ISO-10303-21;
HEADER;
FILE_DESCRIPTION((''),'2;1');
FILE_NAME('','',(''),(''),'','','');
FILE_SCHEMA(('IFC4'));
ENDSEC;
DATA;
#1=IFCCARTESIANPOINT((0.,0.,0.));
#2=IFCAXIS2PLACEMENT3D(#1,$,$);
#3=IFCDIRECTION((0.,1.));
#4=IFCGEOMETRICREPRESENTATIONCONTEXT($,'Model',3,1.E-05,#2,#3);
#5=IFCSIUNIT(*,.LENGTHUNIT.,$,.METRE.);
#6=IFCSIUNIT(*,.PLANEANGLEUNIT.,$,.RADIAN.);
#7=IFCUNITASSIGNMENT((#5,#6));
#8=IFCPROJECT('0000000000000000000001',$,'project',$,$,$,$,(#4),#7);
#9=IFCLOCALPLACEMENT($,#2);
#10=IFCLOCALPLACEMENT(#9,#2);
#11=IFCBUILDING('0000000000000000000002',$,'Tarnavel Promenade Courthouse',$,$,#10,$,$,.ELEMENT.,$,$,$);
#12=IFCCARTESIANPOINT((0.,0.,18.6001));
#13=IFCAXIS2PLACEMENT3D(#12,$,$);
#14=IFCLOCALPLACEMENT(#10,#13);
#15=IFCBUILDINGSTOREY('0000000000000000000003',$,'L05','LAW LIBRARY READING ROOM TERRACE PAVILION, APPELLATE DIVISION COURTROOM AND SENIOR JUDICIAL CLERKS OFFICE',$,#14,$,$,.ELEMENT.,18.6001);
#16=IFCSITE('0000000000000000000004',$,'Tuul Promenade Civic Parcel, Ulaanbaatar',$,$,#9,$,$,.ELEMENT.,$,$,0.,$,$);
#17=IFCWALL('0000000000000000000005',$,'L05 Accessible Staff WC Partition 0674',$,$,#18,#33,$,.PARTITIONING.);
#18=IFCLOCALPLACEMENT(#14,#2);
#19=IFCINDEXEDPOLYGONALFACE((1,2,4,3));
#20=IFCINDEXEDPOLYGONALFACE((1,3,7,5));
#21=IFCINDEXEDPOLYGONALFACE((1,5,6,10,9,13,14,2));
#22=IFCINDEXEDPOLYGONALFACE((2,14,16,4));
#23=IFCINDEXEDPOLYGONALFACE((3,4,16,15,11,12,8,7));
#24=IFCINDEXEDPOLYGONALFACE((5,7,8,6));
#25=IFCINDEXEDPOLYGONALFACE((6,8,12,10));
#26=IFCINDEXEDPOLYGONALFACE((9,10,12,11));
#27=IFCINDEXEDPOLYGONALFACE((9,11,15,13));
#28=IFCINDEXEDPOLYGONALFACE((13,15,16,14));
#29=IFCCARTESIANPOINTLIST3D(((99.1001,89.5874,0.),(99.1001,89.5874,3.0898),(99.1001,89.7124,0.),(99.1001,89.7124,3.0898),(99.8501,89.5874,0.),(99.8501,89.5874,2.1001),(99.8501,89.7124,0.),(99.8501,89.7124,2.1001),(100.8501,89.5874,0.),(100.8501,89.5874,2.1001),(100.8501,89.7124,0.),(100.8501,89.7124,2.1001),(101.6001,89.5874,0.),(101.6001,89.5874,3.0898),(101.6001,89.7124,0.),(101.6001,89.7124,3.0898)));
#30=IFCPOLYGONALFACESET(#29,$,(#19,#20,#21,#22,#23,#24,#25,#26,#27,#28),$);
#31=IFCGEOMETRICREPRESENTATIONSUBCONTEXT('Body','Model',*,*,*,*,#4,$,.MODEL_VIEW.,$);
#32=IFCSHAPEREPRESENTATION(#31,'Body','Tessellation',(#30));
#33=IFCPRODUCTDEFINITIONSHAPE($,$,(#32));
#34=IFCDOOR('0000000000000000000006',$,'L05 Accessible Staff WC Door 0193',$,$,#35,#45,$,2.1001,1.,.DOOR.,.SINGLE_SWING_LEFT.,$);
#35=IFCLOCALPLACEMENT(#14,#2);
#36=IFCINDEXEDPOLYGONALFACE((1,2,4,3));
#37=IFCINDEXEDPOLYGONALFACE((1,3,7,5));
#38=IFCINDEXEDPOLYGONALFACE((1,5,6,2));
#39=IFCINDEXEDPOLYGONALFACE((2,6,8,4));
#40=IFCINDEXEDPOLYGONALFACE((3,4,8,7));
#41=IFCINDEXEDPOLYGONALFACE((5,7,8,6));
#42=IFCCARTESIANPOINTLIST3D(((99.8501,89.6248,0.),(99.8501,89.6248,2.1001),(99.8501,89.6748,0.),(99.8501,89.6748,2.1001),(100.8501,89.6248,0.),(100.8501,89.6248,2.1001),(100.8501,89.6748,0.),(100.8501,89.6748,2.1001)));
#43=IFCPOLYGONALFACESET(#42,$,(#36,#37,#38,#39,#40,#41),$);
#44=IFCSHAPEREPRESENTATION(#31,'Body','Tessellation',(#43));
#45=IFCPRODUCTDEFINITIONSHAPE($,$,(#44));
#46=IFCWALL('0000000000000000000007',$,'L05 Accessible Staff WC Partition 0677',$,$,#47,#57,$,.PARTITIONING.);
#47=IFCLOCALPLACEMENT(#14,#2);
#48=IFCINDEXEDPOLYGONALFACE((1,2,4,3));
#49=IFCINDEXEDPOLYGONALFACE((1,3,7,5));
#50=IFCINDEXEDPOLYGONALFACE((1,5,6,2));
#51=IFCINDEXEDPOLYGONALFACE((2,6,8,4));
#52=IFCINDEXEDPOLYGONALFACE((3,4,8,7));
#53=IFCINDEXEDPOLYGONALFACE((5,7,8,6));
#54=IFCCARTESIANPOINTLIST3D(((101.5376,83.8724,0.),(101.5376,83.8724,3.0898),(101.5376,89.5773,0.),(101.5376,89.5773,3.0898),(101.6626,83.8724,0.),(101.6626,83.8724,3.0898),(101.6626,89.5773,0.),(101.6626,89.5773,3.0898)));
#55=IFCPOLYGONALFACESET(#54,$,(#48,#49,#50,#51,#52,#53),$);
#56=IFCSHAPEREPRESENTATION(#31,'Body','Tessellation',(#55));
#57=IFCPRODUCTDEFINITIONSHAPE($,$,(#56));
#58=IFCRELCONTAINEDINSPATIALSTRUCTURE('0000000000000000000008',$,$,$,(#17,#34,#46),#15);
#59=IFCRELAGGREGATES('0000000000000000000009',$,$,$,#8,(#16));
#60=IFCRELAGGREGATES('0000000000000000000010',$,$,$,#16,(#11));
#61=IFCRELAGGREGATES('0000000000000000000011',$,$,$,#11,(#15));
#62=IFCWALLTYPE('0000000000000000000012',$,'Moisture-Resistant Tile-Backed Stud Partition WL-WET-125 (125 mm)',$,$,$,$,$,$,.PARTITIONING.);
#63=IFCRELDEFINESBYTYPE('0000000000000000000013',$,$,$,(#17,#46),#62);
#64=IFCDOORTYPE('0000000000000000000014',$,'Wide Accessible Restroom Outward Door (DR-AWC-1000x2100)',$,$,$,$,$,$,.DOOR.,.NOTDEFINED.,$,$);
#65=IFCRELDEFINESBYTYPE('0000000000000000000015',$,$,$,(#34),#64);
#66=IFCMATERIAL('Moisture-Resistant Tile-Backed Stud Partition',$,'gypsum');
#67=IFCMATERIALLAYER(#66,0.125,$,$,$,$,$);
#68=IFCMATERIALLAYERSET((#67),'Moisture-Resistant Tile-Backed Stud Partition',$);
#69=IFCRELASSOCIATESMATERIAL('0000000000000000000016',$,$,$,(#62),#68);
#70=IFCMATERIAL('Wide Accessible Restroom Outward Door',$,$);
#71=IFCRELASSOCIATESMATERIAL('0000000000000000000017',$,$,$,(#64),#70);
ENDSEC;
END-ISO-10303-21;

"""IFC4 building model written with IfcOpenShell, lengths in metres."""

from ifc_helpers import new_model, si_unit, direction, frame, frame_2d, origin, place, context, subcontext, project, spatial, rectangle, extrude, material, layer, layer_set, type_object, element, fill, save


model = new_model("IFC4")

# Units and contexts
model_context = context("Model", 3, precision=1e-05, world=origin(), true_north=direction((0.0, 1.0)))
body_context = subcontext(model_context, "Body", "Model", "MODEL_VIEW")
ifc_project = project(units=[si_unit("LENGTHUNIT", "METRE"), si_unit("PLANEANGLEUNIT", "RADIAN")], contexts=[model_context])

# Site, building, storey
site_placement = place(None, origin())
site = spatial("IfcSite", under=ifc_project, at=site_placement, Name="Tuul Promenade Civic Parcel, Ulaanbaatar", CompositionType="ELEMENT", RefElevation=0.0)
building_placement = place(site_placement, origin())
building = spatial("IfcBuilding", under=site, at=building_placement, Name="Tarnavel Promenade Courthouse", CompositionType="ELEMENT")
storey_placement = place(building_placement, frame((0.0, 0.0, 18.6001)))
storey = spatial("IfcBuildingStorey", under=building, at=storey_placement, Name="L05", Description="LAW LIBRARY READING ROOM TERRACE PAVILION, APPELLATE DIVISION COURTROOM AND SENIOR JUDICIAL CLERKS OFFICE", CompositionType="ELEMENT", Elevation=18.6001)

# Shared definitions
ifc_material_1 = material(Name="Moisture-Resistant Tile-Backed Stud Partition", Category="gypsum")
ifc_layer_1 = layer(ifc_material_1, 0.125)
ifc_layer_set_1 = layer_set([ifc_layer_1], Name="Moisture-Resistant Tile-Backed Stud Partition")
wall_type_1 = type_object("IfcWallType", Name="Moisture-Resistant Tile-Backed Stud Partition WL-WET-125 (125 mm)", PredefinedType="PARTITIONING", material=ifc_layer_set_1)

# Wall, opening, door
wall_1_placement = place(storey_placement, frame((99.1001, 89.6499, 0.0), z_axis=(0.0, 0.0, 1.0), x_axis=(1.0, 0.0, 0.0)))
wall_1 = element("IfcWall", 1, at=wall_1_placement, inside=storey, type_object=wall_type_1, Name="L05 Accessible Staff WC Partition 0674", PredefinedType="PARTITIONING", context=body_context, shape_type="SweptSolid", body=[
    extrude(rectangle(XDim=2.5, YDim=0.125, at=frame_2d((1.25, 0.0))), origin(), (0.0, 0.0, 1.0), 3.0898),
])
opening_1_placement = place(wall_1_placement, frame((0.75, 0.0, 0.0)))
opening_1 = element("IfcOpeningElement", 2, at=opening_1_placement, cuts=wall_1, PredefinedType="OPENING", context=body_context, shape_type="SweptSolid", body=[
    extrude(rectangle(XDim=1.0, YDim=2.1001, at=frame_2d((0.5, 1.05))), frame((0.0, 0.0725, 0.0), z_axis=(0.0, -1.0, 0.0), x_axis=(1.0, 0.0, 0.0)), (0.0, 0.0, 1.0), 0.145),
])
ifc_material_2 = material(Name="Wide Accessible Restroom Outward Door")
door_type_1 = type_object("IfcDoorType", Name="Wide Accessible Restroom Outward Door (DR-AWC-1000x2100)", OperationType="NOTDEFINED", PredefinedType="DOOR", material=ifc_material_2)
door_1_placement = place(opening_1_placement, origin())
door_1 = element("IfcDoor", 3, at=door_1_placement, inside=storey, type_object=door_type_1, Name="L05 Accessible Staff WC Door 0193", OperationType="SINGLE_SWING_LEFT", OverallHeight=2.1001, OverallWidth=1.0, PredefinedType="DOOR", context=body_context, shape_type="SweptSolid", body=[
    extrude(rectangle(XDim=1.0, YDim=2.1001, at=frame_2d((0.5, 1.05))), frame((0.0, 0.0249, 0.0), z_axis=(0.0, -1.0, 0.0), x_axis=(1.0, 0.0, 0.0)), (0.0, 0.0, 1.0), 0.05),
])
fill(opening_1, door_1)

# Wall
wall_2_placement = place(storey_placement, frame((101.6001, 89.5774, 0.0), z_axis=(0.0, 0.0, 1.0), x_axis=(0.0, -1.0, 0.0)))
element("IfcWall", 4, at=wall_2_placement, inside=storey, type_object=wall_type_1, Name="L05 Accessible Staff WC Partition 0677", PredefinedType="PARTITIONING", context=body_context, shape_type="SweptSolid", body=[
    extrude(rectangle(XDim=5.7048, YDim=0.125, at=frame_2d((2.8525, 0.0))), origin(), (0.0, 0.0, 1.0), 3.0898),
])

save(model, "model.ifc")
